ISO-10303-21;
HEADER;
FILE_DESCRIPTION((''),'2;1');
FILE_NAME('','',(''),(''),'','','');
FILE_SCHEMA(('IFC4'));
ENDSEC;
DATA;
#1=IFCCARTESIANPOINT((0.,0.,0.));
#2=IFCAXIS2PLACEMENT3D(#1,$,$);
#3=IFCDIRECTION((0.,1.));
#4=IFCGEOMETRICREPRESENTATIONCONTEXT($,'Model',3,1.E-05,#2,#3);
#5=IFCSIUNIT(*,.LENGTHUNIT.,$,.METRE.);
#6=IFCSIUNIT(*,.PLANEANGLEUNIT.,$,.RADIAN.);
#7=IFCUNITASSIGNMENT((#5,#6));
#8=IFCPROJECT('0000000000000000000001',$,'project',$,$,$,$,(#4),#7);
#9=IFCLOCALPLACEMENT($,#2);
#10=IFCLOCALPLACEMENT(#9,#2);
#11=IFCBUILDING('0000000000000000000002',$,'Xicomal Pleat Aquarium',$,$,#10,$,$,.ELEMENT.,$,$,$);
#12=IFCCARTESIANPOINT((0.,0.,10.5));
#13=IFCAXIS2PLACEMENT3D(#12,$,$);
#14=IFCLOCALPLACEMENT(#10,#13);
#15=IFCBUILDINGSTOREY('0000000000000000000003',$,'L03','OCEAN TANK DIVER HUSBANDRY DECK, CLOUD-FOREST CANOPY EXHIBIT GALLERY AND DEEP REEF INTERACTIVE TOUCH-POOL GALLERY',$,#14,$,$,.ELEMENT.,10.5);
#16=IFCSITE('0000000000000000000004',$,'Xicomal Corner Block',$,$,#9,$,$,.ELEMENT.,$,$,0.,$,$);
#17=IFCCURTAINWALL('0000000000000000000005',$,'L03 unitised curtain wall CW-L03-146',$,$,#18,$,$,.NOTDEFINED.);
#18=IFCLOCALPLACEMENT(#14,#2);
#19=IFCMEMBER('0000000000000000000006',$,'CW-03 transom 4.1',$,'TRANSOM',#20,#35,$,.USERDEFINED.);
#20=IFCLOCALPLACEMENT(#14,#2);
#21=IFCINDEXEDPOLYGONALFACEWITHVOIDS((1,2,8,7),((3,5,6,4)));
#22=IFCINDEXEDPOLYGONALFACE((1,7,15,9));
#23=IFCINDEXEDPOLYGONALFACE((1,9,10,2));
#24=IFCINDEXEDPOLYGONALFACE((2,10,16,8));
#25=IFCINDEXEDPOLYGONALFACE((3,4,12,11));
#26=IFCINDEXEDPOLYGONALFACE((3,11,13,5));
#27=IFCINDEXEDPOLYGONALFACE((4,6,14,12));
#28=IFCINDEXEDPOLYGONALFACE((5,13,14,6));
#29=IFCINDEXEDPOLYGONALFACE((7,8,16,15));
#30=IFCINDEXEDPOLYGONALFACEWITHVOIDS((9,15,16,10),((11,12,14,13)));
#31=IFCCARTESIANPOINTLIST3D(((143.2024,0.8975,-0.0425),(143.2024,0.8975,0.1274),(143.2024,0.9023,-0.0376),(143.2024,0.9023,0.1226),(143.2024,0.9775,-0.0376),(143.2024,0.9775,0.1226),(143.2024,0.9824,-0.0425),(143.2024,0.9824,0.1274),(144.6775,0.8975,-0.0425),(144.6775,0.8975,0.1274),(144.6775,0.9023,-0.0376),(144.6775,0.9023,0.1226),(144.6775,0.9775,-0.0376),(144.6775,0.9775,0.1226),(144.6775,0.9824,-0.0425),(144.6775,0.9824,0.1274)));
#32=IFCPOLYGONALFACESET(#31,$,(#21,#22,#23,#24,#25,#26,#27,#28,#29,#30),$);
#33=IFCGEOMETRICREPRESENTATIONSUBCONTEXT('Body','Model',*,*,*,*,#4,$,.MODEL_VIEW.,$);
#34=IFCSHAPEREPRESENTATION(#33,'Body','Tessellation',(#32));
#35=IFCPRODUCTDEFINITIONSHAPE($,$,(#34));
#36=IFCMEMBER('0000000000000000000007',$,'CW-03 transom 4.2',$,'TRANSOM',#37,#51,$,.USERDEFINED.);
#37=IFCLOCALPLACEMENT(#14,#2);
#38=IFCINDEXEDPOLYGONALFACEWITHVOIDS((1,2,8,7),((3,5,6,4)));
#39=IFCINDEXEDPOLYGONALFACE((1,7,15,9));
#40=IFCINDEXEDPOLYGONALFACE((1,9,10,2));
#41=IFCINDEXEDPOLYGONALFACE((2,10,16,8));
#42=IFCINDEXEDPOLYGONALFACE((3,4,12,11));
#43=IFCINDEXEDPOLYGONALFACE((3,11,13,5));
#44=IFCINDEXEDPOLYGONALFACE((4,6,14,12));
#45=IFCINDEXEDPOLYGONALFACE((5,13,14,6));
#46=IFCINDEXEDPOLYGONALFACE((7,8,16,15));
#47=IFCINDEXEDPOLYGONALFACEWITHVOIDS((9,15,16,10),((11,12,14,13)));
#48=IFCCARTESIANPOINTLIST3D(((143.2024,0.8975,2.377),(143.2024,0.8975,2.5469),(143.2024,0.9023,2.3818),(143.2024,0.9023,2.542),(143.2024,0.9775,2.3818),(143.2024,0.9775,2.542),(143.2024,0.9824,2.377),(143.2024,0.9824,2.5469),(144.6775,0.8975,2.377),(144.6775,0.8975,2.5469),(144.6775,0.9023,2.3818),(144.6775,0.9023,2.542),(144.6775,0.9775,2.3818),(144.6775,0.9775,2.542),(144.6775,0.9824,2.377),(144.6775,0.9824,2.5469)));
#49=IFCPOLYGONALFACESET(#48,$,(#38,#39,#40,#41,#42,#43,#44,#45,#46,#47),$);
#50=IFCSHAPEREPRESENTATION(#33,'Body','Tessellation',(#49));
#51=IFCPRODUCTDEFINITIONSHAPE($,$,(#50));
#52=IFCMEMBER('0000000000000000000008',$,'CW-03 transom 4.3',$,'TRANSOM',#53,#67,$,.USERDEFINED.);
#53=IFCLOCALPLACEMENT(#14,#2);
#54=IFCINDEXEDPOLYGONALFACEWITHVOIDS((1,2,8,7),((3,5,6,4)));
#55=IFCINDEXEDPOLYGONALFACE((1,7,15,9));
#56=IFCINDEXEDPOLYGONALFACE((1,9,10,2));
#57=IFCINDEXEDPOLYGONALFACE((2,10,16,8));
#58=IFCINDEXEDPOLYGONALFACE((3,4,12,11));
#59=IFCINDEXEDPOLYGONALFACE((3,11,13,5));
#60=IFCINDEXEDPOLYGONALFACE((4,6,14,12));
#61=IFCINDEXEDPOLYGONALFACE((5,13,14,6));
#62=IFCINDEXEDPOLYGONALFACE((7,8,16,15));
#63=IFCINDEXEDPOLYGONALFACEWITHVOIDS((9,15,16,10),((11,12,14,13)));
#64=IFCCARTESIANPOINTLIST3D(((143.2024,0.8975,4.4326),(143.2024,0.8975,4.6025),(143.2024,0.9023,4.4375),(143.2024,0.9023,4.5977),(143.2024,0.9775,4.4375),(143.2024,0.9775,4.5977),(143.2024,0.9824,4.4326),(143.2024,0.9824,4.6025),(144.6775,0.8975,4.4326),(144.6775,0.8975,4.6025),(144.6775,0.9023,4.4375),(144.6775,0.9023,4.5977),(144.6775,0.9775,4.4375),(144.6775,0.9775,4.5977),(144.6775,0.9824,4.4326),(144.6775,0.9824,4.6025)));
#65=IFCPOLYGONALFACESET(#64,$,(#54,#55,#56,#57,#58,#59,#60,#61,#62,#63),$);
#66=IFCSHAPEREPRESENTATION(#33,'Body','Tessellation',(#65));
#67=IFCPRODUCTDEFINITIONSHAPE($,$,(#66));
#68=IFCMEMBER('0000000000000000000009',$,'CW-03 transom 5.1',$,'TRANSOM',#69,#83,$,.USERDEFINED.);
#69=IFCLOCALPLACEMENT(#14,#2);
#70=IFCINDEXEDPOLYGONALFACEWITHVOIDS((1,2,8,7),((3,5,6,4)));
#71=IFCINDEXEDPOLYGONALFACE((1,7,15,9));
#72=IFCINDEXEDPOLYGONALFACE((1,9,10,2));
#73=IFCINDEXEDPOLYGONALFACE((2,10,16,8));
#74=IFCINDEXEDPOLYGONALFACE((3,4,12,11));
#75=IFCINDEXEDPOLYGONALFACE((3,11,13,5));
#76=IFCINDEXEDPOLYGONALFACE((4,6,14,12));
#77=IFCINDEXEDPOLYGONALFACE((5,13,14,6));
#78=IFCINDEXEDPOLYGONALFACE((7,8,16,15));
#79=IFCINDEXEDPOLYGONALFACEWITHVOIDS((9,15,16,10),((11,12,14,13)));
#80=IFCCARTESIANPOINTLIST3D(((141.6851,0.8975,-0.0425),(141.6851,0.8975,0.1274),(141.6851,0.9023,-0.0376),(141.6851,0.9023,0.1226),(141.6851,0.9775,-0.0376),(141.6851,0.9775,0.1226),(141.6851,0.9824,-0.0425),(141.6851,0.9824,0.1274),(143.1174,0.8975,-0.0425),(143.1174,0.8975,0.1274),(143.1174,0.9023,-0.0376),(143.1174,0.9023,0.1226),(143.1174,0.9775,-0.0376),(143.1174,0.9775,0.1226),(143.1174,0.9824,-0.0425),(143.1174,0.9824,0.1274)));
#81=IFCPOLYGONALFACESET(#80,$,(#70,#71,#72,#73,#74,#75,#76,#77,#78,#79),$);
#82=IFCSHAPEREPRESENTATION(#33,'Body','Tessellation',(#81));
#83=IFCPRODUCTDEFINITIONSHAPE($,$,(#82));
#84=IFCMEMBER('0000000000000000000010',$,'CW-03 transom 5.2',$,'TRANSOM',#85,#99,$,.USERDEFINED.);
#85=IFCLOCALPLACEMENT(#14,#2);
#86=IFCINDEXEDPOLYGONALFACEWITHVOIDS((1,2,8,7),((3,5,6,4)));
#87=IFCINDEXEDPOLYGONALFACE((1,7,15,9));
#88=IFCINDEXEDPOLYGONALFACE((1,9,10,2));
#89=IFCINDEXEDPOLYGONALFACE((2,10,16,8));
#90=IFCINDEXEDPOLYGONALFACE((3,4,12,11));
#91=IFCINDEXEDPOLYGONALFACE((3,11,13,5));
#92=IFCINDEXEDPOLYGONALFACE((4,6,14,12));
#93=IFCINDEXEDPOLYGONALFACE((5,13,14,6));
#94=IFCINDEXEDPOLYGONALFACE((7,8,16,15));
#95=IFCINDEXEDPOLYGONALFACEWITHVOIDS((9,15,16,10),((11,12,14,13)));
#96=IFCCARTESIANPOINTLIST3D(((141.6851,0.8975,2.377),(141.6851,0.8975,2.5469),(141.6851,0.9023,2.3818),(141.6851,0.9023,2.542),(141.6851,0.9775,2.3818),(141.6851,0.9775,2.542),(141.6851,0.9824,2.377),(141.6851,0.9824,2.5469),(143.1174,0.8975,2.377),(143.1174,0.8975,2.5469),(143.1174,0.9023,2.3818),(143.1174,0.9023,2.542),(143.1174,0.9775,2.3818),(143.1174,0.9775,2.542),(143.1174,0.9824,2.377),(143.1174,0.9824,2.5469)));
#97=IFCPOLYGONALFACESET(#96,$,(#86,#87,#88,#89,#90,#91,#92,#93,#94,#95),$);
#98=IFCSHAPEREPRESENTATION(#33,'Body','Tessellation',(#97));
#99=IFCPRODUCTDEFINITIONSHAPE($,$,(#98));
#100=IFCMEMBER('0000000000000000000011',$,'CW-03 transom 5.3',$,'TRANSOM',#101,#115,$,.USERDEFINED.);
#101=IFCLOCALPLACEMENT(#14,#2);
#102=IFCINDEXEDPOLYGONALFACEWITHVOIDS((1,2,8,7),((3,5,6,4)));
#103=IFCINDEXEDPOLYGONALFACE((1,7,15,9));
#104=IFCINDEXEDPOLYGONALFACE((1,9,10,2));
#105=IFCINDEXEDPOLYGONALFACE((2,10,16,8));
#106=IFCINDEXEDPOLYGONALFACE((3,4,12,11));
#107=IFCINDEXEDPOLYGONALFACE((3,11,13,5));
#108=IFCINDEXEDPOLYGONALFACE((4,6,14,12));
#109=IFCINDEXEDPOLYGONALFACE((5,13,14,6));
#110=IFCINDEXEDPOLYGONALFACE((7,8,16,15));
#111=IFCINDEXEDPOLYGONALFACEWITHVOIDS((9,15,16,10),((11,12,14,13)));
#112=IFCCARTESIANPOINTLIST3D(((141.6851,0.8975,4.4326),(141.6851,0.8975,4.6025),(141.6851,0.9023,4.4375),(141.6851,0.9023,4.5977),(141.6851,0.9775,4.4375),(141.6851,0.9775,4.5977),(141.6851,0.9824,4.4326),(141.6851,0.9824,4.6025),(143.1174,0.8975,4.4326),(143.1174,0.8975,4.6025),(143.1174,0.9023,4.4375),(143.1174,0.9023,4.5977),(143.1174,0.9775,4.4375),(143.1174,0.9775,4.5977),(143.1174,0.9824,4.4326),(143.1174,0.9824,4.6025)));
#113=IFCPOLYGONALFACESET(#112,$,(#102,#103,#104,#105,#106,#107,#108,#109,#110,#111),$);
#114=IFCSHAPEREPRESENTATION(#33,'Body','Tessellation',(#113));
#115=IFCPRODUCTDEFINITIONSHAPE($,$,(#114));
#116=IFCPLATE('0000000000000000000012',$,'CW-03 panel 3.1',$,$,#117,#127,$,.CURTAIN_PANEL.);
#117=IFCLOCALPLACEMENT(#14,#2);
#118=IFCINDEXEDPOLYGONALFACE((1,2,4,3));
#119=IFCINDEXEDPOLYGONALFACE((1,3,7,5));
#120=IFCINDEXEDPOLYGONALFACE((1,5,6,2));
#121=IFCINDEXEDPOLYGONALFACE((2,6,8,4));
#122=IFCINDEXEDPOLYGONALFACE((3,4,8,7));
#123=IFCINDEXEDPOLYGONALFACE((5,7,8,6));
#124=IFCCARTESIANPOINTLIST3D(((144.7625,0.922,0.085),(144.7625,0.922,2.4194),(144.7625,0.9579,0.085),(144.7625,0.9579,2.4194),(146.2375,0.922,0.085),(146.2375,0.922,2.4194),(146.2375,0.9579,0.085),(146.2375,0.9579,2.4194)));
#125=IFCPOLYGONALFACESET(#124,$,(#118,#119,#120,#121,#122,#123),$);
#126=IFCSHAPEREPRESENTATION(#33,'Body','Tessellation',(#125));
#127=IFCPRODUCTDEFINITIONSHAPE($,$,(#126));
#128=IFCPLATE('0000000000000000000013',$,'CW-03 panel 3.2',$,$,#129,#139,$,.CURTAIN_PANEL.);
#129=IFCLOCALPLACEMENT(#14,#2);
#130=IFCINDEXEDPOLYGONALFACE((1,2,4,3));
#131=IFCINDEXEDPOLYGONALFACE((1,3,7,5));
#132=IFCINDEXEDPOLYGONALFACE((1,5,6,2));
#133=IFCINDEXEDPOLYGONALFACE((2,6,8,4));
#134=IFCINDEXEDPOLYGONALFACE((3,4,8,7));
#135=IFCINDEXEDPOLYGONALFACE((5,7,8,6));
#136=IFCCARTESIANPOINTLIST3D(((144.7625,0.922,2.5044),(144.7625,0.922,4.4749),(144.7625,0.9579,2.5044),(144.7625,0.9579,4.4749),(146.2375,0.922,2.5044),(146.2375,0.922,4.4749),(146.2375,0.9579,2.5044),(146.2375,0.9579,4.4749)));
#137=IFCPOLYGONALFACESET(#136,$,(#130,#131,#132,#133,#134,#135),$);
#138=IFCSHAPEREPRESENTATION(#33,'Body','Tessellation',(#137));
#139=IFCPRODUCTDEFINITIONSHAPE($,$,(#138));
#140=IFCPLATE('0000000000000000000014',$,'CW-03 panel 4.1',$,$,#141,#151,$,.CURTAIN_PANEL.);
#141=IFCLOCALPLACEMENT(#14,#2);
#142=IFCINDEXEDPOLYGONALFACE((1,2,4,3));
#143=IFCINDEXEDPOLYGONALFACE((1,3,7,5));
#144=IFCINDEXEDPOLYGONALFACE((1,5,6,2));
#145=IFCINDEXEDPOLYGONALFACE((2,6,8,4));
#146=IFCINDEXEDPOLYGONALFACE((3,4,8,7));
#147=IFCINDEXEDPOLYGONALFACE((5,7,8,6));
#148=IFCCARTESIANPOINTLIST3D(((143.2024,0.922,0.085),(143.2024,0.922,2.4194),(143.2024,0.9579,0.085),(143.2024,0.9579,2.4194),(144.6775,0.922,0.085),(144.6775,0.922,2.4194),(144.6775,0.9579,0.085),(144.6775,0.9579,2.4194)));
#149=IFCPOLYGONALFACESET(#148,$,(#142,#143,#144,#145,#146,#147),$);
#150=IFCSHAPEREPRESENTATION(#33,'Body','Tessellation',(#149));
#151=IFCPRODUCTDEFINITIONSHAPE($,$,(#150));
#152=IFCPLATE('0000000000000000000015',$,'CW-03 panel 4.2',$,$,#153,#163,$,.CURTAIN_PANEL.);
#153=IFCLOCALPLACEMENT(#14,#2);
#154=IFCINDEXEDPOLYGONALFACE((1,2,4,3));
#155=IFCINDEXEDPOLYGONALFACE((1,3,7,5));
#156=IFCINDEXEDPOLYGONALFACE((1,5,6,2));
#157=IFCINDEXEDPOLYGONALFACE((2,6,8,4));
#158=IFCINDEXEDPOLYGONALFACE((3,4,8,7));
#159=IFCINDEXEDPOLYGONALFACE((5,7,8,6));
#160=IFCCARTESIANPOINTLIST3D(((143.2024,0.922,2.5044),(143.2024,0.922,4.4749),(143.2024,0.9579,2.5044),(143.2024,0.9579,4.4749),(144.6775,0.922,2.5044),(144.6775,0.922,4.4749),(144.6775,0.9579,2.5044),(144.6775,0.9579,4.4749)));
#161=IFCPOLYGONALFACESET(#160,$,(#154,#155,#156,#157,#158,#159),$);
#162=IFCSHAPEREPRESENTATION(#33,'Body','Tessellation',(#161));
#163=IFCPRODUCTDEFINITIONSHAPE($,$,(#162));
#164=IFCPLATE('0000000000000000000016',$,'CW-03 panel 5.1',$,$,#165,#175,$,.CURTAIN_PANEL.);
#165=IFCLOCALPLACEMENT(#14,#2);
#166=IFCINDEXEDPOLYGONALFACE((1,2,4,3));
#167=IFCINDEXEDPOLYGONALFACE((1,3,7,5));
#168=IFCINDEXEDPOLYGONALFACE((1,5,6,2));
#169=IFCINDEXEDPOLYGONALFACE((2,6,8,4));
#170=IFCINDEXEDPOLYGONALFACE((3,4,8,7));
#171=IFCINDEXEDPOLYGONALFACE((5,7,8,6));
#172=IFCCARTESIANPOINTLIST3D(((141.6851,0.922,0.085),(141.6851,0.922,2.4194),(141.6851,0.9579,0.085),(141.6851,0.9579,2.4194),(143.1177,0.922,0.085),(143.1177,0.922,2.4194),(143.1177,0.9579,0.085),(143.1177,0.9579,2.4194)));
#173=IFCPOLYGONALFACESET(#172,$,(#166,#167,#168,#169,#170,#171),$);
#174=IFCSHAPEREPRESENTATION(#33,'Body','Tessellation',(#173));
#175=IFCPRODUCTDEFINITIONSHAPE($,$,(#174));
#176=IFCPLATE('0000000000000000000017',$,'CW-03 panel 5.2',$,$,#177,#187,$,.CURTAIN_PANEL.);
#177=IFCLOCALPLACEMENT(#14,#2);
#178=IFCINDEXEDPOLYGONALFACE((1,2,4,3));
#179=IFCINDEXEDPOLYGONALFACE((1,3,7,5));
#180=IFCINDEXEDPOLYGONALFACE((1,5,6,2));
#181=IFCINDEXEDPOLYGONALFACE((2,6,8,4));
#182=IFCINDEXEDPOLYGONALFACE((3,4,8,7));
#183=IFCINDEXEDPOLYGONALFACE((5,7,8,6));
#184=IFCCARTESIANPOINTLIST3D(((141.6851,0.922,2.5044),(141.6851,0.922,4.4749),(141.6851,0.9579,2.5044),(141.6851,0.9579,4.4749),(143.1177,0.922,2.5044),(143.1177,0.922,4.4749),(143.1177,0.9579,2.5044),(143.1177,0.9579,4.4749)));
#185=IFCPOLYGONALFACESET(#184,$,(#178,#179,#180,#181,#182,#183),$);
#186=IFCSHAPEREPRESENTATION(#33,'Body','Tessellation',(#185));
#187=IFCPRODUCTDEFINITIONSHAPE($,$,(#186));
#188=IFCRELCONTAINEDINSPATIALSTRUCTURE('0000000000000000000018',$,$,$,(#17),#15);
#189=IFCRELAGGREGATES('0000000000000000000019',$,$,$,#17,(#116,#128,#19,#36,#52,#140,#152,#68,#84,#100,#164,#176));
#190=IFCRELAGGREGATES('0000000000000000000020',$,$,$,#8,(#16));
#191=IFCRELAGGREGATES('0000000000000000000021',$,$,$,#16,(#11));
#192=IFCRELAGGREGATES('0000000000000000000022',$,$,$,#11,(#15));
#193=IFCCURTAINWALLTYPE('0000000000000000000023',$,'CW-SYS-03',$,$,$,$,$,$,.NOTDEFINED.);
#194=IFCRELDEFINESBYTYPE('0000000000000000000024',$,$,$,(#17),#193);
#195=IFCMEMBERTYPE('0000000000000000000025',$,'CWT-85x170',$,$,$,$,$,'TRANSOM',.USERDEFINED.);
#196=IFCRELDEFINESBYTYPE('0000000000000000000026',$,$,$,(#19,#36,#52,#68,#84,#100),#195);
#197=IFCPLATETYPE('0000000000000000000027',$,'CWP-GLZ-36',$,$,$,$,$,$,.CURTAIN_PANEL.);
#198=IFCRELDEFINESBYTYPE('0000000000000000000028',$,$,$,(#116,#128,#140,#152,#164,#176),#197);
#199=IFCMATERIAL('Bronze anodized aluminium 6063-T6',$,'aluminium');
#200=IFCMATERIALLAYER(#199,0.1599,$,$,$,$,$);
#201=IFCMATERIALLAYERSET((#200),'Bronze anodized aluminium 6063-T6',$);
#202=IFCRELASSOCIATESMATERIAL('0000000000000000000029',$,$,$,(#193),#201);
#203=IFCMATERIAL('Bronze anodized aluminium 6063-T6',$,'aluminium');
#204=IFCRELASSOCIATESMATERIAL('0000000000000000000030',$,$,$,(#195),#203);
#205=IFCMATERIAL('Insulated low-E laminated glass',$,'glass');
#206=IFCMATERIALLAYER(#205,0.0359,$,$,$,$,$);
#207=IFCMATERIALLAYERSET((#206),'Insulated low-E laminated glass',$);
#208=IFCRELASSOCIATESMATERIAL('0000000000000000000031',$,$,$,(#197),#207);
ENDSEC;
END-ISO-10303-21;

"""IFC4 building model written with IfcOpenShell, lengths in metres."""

from ifc_helpers import new_model, si_unit, direction, frame, origin, origin_2d, place, context, subcontext, project, spatial, rectangle, hollow_rectangle, extrude, material, layer, layer_set, material_profile, profile_set, type_object, element, aggregate, save


model = new_model("IFC4")

# Units and contexts
model_context = context("Model", 3, precision=1e-05, world=origin(), true_north=direction((0.0, 1.0)))
body_context = subcontext(model_context, "Body", "Model", "MODEL_VIEW")
ifc_project = project(units=[si_unit("LENGTHUNIT", "METRE"), si_unit("PLANEANGLEUNIT", "RADIAN")], contexts=[model_context])

# Site, building, storey
site_placement = place(None, origin())
site = spatial("IfcSite", under=ifc_project, at=site_placement, Name="Xicomal Corner Block", CompositionType="ELEMENT", RefElevation=0.0)
building_placement = place(site_placement, origin())
building = spatial("IfcBuilding", under=site, at=building_placement, Name="Xicomal Pleat Aquarium", CompositionType="ELEMENT")
storey_placement = place(building_placement, frame((0.0, 0.0, 10.5)))
storey = spatial("IfcBuildingStorey", under=building, at=storey_placement, Name="L03", Description="OCEAN TANK DIVER HUSBANDRY DECK, CLOUD-FOREST CANOPY EXHIBIT GALLERY AND DEEP REEF INTERACTIVE TOUCH-POOL GALLERY", CompositionType="ELEMENT", Elevation=10.5)

# Curtain wall
ifc_material_1 = material(Name="Bronze anodized aluminium 6063-T6", Category="aluminium")
ifc_layer_1 = layer(ifc_material_1, 0.1599)
ifc_layer_set_1 = layer_set([ifc_layer_1], Name="Bronze anodized aluminium 6063-T6")
curtain_wall_type = type_object("IfcCurtainWallType", Name="CW-SYS-03", PredefinedType="NOTDEFINED", material=ifc_layer_set_1)
curtain_wall_1_placement = place(storey_placement, origin())
curtain_wall_1 = element("IfcCurtainWall", 1, at=curtain_wall_1_placement, inside=storey, type_object=curtain_wall_type, Name="L03 unitised curtain wall CW-L03-146", PredefinedType="NOTDEFINED")

# Members
ifc_material_2 = material(Name="Bronze anodized aluminium 6063-T6", Category="aluminium")
ifc_material_profile_1 = material_profile(ifc_material_2, hollow_rectangle(XDim=0.085, YDim=0.1699, WallThickness=0.0049, at=origin_2d()), Name="ALU TRAN 85x170")
ifc_profile_set_1 = profile_set([ifc_material_profile_1], Name="Bronze anodized aluminium 6063-T6")
member_type_1 = type_object("IfcMemberType", Name="CWT-85x170", ElementType="TRANSOM", PredefinedType="USERDEFINED", material=ifc_profile_set_1)
member_1_placement = place(storey_placement, frame((144.6775, 0.9399, 0.0425), z_axis=(-1.0, 0.0, 0.0), x_axis=(0.0, -1.0, 0.0)))
member_1 = element("IfcMember", 2, at=member_1_placement, type_object=member_type_1, Name="CW-03 transom 4.1", ObjectType="TRANSOM", PredefinedType="USERDEFINED", context=body_context, shape_type="SweptSolid", body=[
    extrude(hollow_rectangle(XDim=0.085, YDim=0.1699, WallThickness=0.0049, at=origin_2d()), origin(), (0.0, 0.0, 1.0), 1.4751),
])
member_2_placement = place(storey_placement, frame((144.6775, 0.9399, 2.4619), z_axis=(-1.0, 0.0, 0.0), x_axis=(0.0, -1.0, 0.0)))
member_2 = element("IfcMember", 3, at=member_2_placement, type_object=member_type_1, Name="CW-03 transom 4.2", ObjectType="TRANSOM", PredefinedType="USERDEFINED", context=body_context, shape_type="SweptSolid", body=[
    extrude(hollow_rectangle(XDim=0.085, YDim=0.1699, WallThickness=0.0049, at=origin_2d()), origin(), (0.0, 0.0, 1.0), 1.4751),
])
member_3_placement = place(storey_placement, frame((144.6775, 0.9399, 4.5176), z_axis=(-1.0, 0.0, 0.0), x_axis=(0.0, -1.0, 0.0)))
member_3 = element("IfcMember", 4, at=member_3_placement, type_object=member_type_1, Name="CW-03 transom 4.3", ObjectType="TRANSOM", PredefinedType="USERDEFINED", context=body_context, shape_type="SweptSolid", body=[
    extrude(hollow_rectangle(XDim=0.085, YDim=0.1699, WallThickness=0.0049, at=origin_2d()), origin(), (0.0, 0.0, 1.0), 1.4751),
])
member_4_placement = place(storey_placement, frame((143.1174, 0.9399, 0.0425), z_axis=(-1.0, 0.0, 0.0), x_axis=(0.0, -1.0, 0.0)))
member_4 = element("IfcMember", 5, at=member_4_placement, type_object=member_type_1, Name="CW-03 transom 5.1", ObjectType="TRANSOM", PredefinedType="USERDEFINED", context=body_context, shape_type="SweptSolid", body=[
    extrude(hollow_rectangle(XDim=0.085, YDim=0.1699, WallThickness=0.0049, at=origin_2d()), origin(), (0.0, 0.0, 1.0), 1.4324),
])
member_5_placement = place(storey_placement, frame((143.1174, 0.9399, 2.4619), z_axis=(-1.0, 0.0, 0.0), x_axis=(0.0, -1.0, 0.0)))
member_5 = element("IfcMember", 6, at=member_5_placement, type_object=member_type_1, Name="CW-03 transom 5.2", ObjectType="TRANSOM", PredefinedType="USERDEFINED", context=body_context, shape_type="SweptSolid", body=[
    extrude(hollow_rectangle(XDim=0.085, YDim=0.1699, WallThickness=0.0049, at=origin_2d()), origin(), (0.0, 0.0, 1.0), 1.4324),
])
member_6_placement = place(storey_placement, frame((143.1174, 0.9399, 4.5176), z_axis=(-1.0, 0.0, 0.0), x_axis=(0.0, -1.0, 0.0)))
member_6 = element("IfcMember", 7, at=member_6_placement, type_object=member_type_1, Name="CW-03 transom 5.3", ObjectType="TRANSOM", PredefinedType="USERDEFINED", context=body_context, shape_type="SweptSolid", body=[
    extrude(hollow_rectangle(XDim=0.085, YDim=0.1699, WallThickness=0.0049, at=origin_2d()), origin(), (0.0, 0.0, 1.0), 1.4324),
])

# Plates
ifc_material_3 = material(Name="Insulated low-E laminated glass", Category="glass")
ifc_layer_2 = layer(ifc_material_3, 0.0359)
ifc_layer_set_2 = layer_set([ifc_layer_2], Name="Insulated low-E laminated glass")
plate_type = type_object("IfcPlateType", Name="CWP-GLZ-36", PredefinedType="CURTAIN_PANEL", material=ifc_layer_set_2)
plate_1_placement = place(storey_placement, frame((145.5, 0.9399, 0.085), z_axis=(0.0, 0.0, 1.0), x_axis=(-1.0, 0.0, 0.0)))
plate_1 = element("IfcPlate", 8, at=plate_1_placement, type_object=plate_type, Name="CW-03 panel 3.1", PredefinedType="CURTAIN_PANEL", context=body_context, shape_type="SweptSolid", body=[
    extrude(rectangle(XDim=1.4751, YDim=0.0359, at=origin_2d()), origin(), (0.0, 0.0, 1.0), 2.3345),
])
plate_2_placement = place(storey_placement, frame((145.5, 0.9399, 2.5044), z_axis=(0.0, 0.0, 1.0), x_axis=(-1.0, 0.0, 0.0)))
plate_2 = element("IfcPlate", 9, at=plate_2_placement, type_object=plate_type, Name="CW-03 panel 3.2", PredefinedType="CURTAIN_PANEL", context=body_context, shape_type="SweptSolid", body=[
    extrude(rectangle(XDim=1.4751, YDim=0.0359, at=origin_2d()), origin(), (0.0, 0.0, 1.0), 1.9705),
])
plate_3_placement = place(storey_placement, frame((143.9399, 0.9399, 0.085), z_axis=(0.0, 0.0, 1.0), x_axis=(-1.0, 0.0, 0.0)))
plate_3 = element("IfcPlate", 10, at=plate_3_placement, type_object=plate_type, Name="CW-03 panel 4.1", PredefinedType="CURTAIN_PANEL", context=body_context, shape_type="SweptSolid", body=[
    extrude(rectangle(XDim=1.4751, YDim=0.0359, at=origin_2d()), origin(), (0.0, 0.0, 1.0), 2.3345),
])
plate_4_placement = place(storey_placement, frame((143.9399, 0.9399, 2.5044), z_axis=(0.0, 0.0, 1.0), x_axis=(-1.0, 0.0, 0.0)))
plate_4 = element("IfcPlate", 11, at=plate_4_placement, type_object=plate_type, Name="CW-03 panel 4.2", PredefinedType="CURTAIN_PANEL", context=body_context, shape_type="SweptSolid", body=[
    extrude(rectangle(XDim=1.4751, YDim=0.0359, at=origin_2d()), origin(), (0.0, 0.0, 1.0), 1.9705),
])
plate_5_placement = place(storey_placement, frame((142.4014, 0.9399, 0.085), z_axis=(0.0, 0.0, 1.0), x_axis=(-1.0, 0.0, 0.0)))
plate_5 = element("IfcPlate", 12, at=plate_5_placement, type_object=plate_type, Name="CW-03 panel 5.1", PredefinedType="CURTAIN_PANEL", context=body_context, shape_type="SweptSolid", body=[
    extrude(rectangle(XDim=1.4326, YDim=0.0359, at=origin_2d()), origin(), (0.0, 0.0, 1.0), 2.3345),
])
plate_6_placement = place(storey_placement, frame((142.4014, 0.9399, 2.5044), z_axis=(0.0, 0.0, 1.0), x_axis=(-1.0, 0.0, 0.0)))
plate_6 = element("IfcPlate", 13, at=plate_6_placement, type_object=plate_type, Name="CW-03 panel 5.2", PredefinedType="CURTAIN_PANEL", context=body_context, shape_type="SweptSolid", body=[
    extrude(rectangle(XDim=1.4326, YDim=0.0359, at=origin_2d()), origin(), (0.0, 0.0, 1.0), 1.9705),
])
aggregate(curtain_wall_1, [plate_1, plate_2, member_1, member_2, member_3, plate_3, plate_4, member_4, member_5, member_6, plate_5, plate_6])

save(model, "model.ifc")
